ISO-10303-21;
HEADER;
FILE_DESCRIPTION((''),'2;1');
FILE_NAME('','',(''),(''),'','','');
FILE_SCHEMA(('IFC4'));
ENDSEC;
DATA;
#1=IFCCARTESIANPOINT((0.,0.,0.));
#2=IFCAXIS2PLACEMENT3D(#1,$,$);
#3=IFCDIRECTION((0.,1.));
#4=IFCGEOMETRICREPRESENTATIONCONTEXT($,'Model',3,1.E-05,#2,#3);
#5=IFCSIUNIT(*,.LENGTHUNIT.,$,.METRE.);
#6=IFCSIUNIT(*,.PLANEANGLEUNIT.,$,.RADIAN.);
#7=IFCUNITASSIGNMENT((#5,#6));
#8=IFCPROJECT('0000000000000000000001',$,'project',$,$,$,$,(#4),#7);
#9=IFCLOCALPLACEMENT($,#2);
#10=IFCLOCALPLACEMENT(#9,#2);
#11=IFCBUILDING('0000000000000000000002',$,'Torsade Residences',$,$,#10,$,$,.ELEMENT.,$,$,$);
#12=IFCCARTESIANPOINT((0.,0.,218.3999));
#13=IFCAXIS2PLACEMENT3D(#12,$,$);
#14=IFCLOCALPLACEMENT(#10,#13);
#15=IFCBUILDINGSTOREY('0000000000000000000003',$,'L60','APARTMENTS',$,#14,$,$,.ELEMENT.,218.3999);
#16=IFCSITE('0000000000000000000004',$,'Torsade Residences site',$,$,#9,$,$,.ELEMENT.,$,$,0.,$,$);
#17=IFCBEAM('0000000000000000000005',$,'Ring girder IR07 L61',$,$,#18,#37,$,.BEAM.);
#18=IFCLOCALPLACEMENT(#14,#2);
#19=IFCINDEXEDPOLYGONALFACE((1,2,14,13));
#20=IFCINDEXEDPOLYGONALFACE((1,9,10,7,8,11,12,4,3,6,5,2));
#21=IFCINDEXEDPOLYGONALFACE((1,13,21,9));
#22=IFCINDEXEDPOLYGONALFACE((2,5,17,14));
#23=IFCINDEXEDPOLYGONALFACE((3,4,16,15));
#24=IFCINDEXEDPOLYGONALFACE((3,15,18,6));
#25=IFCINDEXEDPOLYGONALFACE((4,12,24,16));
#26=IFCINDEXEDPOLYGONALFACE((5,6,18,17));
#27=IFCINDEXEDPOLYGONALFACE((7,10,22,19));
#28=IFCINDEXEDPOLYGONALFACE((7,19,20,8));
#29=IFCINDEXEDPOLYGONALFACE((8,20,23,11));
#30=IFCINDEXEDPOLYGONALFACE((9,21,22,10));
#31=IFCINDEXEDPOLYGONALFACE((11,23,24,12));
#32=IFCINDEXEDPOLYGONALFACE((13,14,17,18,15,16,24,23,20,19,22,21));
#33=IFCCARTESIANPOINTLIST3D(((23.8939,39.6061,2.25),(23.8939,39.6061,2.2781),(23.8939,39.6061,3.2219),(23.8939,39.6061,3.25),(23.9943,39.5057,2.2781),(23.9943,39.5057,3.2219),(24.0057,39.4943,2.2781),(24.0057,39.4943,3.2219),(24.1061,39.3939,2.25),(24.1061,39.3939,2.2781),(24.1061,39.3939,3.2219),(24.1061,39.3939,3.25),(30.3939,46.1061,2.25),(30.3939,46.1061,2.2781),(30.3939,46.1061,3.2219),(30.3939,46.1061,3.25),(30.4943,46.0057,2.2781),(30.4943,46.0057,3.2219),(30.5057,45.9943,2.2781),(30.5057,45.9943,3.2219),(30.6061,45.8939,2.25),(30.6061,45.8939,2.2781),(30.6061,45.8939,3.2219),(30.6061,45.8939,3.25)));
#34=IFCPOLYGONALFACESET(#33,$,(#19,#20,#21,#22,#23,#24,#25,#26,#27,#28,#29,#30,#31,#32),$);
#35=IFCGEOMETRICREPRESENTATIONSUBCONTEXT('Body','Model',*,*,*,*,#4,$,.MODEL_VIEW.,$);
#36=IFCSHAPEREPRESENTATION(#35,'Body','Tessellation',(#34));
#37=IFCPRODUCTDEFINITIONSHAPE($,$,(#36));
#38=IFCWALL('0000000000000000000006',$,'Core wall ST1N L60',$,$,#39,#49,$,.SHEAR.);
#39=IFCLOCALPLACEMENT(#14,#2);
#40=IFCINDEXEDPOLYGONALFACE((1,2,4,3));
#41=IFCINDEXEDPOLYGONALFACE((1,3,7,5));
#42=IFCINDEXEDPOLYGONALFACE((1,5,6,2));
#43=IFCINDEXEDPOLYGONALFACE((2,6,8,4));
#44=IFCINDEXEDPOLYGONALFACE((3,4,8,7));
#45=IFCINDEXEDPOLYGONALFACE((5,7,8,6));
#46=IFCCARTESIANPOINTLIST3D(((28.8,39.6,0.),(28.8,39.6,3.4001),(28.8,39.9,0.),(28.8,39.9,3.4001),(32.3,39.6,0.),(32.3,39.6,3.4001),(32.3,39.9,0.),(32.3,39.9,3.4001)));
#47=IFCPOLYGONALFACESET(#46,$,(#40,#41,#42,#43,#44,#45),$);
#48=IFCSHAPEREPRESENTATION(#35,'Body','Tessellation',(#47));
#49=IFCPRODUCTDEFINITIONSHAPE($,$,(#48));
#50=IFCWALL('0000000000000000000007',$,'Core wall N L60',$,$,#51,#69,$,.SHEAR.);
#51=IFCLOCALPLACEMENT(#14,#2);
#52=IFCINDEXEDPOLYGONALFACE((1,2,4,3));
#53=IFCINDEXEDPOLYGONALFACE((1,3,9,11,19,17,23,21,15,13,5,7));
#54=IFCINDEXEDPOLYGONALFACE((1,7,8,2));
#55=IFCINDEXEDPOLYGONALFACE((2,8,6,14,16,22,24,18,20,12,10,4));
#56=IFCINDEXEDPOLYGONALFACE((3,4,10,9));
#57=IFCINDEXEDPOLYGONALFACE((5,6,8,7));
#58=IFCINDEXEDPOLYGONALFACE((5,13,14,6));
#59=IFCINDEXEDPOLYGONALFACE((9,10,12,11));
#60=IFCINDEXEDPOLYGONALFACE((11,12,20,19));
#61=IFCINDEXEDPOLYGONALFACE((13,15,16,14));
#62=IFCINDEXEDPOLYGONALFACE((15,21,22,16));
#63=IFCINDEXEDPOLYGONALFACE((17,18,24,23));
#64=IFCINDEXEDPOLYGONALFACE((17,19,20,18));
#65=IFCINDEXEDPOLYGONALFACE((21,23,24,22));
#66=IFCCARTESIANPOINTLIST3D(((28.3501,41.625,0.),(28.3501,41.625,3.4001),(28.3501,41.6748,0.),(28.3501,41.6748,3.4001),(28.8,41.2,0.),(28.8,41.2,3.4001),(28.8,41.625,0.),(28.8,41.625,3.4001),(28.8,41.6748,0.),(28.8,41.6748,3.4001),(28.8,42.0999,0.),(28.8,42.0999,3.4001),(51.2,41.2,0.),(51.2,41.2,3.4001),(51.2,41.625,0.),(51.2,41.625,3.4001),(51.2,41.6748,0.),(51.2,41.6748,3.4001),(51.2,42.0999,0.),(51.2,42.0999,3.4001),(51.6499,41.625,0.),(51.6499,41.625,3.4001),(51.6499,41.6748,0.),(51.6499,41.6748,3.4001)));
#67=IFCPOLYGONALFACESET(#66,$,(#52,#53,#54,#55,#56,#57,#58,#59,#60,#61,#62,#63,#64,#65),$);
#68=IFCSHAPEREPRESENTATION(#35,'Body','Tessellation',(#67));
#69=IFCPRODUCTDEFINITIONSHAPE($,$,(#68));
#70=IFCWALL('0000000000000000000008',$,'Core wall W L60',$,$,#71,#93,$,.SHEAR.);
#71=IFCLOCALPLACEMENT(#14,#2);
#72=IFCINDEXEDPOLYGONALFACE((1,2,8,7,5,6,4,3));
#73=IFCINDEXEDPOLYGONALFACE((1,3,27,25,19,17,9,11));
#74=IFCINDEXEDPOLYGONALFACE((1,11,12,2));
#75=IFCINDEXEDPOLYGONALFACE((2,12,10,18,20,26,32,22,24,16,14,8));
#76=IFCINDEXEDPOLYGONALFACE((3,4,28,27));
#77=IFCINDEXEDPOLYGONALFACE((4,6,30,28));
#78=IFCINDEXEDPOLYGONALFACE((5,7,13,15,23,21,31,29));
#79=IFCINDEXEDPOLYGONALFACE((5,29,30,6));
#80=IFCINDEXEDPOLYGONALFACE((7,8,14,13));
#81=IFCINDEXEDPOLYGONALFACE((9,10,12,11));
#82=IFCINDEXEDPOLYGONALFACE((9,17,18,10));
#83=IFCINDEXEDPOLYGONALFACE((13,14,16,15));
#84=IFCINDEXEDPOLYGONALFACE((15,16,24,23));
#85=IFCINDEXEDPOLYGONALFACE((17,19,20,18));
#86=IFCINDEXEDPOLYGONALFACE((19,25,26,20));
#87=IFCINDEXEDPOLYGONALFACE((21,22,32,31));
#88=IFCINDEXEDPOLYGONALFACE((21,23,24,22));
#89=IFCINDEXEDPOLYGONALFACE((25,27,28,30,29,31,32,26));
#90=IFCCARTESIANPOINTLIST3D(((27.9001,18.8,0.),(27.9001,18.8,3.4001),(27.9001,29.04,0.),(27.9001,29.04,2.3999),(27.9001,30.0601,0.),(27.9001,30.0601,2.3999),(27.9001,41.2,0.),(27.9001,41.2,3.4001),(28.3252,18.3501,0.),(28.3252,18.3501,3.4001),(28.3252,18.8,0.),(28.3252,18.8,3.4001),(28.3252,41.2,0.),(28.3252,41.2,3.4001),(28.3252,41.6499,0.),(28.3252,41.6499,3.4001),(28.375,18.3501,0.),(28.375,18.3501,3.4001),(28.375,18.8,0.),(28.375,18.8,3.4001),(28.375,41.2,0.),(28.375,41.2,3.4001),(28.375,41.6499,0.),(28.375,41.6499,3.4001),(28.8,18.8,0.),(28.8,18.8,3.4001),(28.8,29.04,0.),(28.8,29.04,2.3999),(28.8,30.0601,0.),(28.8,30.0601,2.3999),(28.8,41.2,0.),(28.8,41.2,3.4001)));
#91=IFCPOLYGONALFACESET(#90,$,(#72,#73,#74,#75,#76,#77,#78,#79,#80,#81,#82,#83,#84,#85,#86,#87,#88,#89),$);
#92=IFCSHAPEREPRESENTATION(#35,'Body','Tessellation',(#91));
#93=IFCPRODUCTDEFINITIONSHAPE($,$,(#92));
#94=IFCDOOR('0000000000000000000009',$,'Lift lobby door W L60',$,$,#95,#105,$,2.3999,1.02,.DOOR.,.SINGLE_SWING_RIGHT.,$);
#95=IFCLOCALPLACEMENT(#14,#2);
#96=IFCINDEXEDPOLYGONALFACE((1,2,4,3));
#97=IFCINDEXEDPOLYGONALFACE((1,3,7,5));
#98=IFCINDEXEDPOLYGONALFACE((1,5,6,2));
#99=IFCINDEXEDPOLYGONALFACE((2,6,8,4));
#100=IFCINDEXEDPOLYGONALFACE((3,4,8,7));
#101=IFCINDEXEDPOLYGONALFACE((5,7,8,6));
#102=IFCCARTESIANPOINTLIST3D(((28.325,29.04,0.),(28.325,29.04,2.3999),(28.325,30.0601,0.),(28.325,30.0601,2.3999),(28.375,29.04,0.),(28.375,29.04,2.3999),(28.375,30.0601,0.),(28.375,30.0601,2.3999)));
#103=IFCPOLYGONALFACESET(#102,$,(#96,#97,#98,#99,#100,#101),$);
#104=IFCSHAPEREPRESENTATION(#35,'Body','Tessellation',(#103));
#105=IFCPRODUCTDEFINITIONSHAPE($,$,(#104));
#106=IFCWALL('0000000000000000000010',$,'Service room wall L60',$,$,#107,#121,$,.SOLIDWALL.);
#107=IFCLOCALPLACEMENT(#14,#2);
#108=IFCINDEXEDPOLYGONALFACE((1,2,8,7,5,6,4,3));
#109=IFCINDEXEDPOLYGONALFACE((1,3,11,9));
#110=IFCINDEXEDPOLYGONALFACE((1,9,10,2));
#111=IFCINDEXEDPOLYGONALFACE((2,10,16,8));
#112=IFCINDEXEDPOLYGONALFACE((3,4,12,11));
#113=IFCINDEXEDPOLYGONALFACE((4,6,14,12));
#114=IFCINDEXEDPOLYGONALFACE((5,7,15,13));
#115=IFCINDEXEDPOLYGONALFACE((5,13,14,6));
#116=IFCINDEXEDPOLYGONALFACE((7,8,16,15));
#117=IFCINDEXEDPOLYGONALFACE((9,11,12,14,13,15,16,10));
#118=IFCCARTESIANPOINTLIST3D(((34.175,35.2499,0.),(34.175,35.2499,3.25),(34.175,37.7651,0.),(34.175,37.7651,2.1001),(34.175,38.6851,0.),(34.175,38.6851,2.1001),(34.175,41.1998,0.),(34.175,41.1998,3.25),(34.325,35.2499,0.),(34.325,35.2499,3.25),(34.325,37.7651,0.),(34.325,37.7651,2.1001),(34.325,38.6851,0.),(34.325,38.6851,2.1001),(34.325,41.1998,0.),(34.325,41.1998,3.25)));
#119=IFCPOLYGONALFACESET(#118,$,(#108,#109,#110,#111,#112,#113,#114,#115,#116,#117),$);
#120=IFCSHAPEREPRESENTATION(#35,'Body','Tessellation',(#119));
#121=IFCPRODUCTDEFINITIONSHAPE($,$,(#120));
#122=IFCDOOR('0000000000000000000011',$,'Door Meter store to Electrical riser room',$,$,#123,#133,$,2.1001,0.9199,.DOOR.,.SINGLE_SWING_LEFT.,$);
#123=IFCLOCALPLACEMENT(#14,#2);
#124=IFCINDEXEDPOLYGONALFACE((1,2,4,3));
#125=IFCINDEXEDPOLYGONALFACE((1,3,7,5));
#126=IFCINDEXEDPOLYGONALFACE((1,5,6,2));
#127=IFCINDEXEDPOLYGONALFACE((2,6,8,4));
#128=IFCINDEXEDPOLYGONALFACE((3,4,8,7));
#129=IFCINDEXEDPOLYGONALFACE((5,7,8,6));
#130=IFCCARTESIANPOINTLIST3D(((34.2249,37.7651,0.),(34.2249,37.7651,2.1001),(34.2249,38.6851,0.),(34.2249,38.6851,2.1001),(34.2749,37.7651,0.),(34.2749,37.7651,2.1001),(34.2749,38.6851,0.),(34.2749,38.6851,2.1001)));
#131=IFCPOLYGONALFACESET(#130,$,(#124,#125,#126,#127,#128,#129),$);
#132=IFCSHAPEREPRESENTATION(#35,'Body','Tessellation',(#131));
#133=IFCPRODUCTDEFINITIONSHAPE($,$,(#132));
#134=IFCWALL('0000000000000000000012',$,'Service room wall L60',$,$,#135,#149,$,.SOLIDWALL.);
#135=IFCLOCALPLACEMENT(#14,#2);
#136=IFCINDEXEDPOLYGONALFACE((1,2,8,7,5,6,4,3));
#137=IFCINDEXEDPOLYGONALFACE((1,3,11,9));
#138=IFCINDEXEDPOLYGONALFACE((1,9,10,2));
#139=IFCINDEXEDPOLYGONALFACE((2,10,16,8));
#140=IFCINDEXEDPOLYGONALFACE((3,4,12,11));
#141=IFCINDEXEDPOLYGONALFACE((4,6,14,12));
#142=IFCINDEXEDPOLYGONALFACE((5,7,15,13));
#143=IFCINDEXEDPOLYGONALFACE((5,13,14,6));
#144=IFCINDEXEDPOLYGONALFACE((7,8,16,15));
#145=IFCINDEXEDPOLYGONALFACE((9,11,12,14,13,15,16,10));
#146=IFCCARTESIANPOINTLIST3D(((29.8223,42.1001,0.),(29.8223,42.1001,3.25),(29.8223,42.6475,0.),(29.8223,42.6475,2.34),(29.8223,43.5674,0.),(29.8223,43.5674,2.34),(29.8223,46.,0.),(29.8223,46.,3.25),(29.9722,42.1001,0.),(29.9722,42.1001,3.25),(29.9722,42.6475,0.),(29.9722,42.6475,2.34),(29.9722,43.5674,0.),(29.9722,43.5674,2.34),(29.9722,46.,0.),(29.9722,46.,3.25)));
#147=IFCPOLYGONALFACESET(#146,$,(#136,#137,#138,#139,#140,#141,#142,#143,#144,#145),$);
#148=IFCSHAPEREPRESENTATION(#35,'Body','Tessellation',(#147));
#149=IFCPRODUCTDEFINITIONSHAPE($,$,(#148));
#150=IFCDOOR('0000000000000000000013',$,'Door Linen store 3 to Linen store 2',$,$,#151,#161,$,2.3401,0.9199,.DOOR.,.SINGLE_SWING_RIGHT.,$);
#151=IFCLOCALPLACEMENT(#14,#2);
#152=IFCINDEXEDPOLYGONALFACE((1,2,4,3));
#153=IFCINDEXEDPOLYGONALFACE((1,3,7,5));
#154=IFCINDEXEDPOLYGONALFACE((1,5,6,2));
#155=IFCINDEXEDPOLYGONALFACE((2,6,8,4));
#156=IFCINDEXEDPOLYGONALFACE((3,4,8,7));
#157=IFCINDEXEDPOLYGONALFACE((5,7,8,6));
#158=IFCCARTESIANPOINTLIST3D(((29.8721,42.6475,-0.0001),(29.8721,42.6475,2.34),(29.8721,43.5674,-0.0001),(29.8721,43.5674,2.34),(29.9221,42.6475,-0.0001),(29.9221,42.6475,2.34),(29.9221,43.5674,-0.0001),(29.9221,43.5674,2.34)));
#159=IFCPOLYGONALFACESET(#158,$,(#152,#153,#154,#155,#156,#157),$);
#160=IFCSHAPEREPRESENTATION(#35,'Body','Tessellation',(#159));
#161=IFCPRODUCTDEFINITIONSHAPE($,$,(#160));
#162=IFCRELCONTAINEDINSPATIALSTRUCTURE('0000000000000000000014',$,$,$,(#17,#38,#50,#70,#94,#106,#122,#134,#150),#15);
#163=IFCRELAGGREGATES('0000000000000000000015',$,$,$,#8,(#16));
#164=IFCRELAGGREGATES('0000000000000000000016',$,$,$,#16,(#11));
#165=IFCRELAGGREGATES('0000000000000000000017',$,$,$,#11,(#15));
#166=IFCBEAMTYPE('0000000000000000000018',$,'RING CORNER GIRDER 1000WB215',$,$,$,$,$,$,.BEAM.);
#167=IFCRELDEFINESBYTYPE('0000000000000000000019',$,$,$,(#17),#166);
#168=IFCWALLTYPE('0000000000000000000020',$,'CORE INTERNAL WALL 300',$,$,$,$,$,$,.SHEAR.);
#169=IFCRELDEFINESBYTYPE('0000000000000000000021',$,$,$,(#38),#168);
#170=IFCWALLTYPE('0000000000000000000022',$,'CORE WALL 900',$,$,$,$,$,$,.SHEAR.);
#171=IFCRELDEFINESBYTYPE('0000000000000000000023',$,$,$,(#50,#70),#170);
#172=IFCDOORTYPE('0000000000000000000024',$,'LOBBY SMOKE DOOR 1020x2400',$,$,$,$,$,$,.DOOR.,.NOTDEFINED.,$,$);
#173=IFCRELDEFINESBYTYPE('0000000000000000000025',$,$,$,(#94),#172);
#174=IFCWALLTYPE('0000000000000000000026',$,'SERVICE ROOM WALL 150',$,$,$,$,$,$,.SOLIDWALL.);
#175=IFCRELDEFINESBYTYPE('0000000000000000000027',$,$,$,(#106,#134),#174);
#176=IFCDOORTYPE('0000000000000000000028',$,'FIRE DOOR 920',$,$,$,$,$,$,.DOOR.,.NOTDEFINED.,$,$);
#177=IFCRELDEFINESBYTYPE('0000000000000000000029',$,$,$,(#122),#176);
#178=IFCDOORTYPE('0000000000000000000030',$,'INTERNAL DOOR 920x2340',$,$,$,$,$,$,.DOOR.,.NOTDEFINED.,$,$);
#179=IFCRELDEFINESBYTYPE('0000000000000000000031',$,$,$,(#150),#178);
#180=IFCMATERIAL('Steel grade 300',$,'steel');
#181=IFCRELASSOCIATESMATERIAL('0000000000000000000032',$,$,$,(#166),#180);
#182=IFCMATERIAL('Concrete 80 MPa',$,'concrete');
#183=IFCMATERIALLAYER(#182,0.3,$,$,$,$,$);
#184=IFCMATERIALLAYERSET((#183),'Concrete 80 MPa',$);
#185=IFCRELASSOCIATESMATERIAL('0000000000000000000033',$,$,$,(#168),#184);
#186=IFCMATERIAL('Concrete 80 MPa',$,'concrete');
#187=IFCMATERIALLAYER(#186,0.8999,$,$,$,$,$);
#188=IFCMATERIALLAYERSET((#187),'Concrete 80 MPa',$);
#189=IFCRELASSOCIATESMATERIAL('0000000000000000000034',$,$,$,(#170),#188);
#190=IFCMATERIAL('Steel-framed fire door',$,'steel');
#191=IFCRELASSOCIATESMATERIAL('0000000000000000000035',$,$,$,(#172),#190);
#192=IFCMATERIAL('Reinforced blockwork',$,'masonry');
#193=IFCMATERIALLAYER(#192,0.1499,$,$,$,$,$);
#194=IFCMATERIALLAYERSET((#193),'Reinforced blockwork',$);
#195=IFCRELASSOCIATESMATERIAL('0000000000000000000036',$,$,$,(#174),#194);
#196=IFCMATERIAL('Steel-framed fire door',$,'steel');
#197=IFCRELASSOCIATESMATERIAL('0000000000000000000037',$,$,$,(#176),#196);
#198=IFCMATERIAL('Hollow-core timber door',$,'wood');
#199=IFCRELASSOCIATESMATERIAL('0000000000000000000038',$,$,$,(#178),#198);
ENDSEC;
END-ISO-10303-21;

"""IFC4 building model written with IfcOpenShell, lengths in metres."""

from ifc_helpers import new_model, si_unit, direction, frame, frame_2d, origin, origin_2d, place, context, subcontext, project, spatial, polyline, rectangle, i_section, outline, extrude, material, layer, layer_set, material_profile, profile_set, type_object, element, fill, save


model = new_model("IFC4")

# Units and contexts
model_context = context("Model", 3, precision=1e-05, world=origin(), true_north=direction((0.0, 1.0)))
body_context = subcontext(model_context, "Body", "Model", "MODEL_VIEW")
ifc_project = project(units=[si_unit("LENGTHUNIT", "METRE"), si_unit("PLANEANGLEUNIT", "RADIAN")], contexts=[model_context])

# Site, building, storey
site_placement = place(None, origin())
site = spatial("IfcSite", under=ifc_project, at=site_placement, Name="Torsade Residences site", CompositionType="ELEMENT", RefElevation=0.0)
building_placement = place(site_placement, origin())
building = spatial("IfcBuilding", under=site, at=building_placement, Name="Torsade Residences", CompositionType="ELEMENT")
storey_placement = place(building_placement, frame((0.0, 0.0, 218.3999)))
storey = spatial("IfcBuildingStorey", under=building, at=storey_placement, Name="L60", Description="APARTMENTS", CompositionType="ELEMENT", Elevation=218.3999)

# Beam
ifc_material_1 = material(Name="Steel grade 300", Category="steel")
ifc_material_profile_1 = material_profile(ifc_material_1, i_section(OverallWidth=0.3, OverallDepth=1.0, WebThickness=0.0161, FlangeThickness=0.0281, at=origin_2d()), Name="1000WB215")
ifc_profile_set_1 = profile_set([ifc_material_profile_1], Name="Steel grade 300")
beam_type_1 = type_object("IfcBeamType", Name="RING CORNER GIRDER 1000WB215", PredefinedType="BEAM", material=ifc_profile_set_1)
beam_1_placement = place(storey_placement, frame((30.5, 46.0, 2.75), z_axis=(-0.707107, -0.707107, 0.0), x_axis=(0.707107, -0.707107, 0.0)))
element("IfcBeam", 1, at=beam_1_placement, inside=storey, type_object=beam_type_1, Name="Ring girder IR07 L61", PredefinedType="BEAM", context=body_context, shape_type="SweptSolid", body=[
    extrude(i_section(OverallWidth=0.3, OverallDepth=1.0, WebThickness=0.0161, FlangeThickness=0.0281, at=origin_2d()), origin(), (0.0, 0.0, 1.0), 9.1924),
])

# Walls
ifc_material_2 = material(Name="Concrete 80 MPa", Category="concrete")
ifc_layer_1 = layer(ifc_material_2, 0.3)
ifc_layer_set_1 = layer_set([ifc_layer_1], Name="Concrete 80 MPa")
wall_type_1 = type_object("IfcWallType", Name="CORE INTERNAL WALL 300", PredefinedType="SHEAR", material=ifc_layer_set_1)
wall_1_placement = place(storey_placement, frame((28.8, 39.75, 0.0), z_axis=(0.0, 0.0, 1.0), x_axis=(1.0, 0.0, 0.0)))
element("IfcWall", 2, at=wall_1_placement, inside=storey, type_object=wall_type_1, Name="Core wall ST1N L60", PredefinedType="SHEAR", context=body_context, shape_type="SweptSolid", body=[
    extrude(rectangle(XDim=3.5, YDim=0.3, at=frame_2d((1.75, 0.0))), origin(), (0.0, 0.0, 1.0), 3.4001),
])
ifc_material_3 = material(Name="Concrete 80 MPa", Category="concrete")
ifc_layer_2 = layer(ifc_material_3, 0.8999)
ifc_layer_set_2 = layer_set([ifc_layer_2], Name="Concrete 80 MPa")
wall_type_2 = type_object("IfcWallType", Name="CORE WALL 900", PredefinedType="SHEAR", material=ifc_layer_set_2)
wall_2_placement = place(storey_placement, frame((28.8, 41.6499, 0.0), z_axis=(0.0, 0.0, 1.0), x_axis=(1.0, 0.0, 0.0)))
element("IfcWall", 3, at=wall_2_placement, inside=storey, type_object=wall_type_2, Name="Core wall N L60", PredefinedType="SHEAR", context=body_context, shape_type="SweptSolid", body=[
    extrude(outline(polyline([(0.0, -0.45), (22.3999, -0.45), (22.3999, -0.0249), (22.8499, -0.0249), (22.8499, 0.0249), (22.3999, 0.0249), (22.3999, 0.45), (0.0, 0.45), (0.0, 0.0249), (-0.45, 0.0249), (-0.45, -0.0249), (0.0, -0.0249), (0.0, -0.45)])), origin(), (0.0, 0.0, 1.0), 3.4001),
])

# Walls, openings, doors
wall_3_placement = place(storey_placement, frame((28.3501, 41.2, 0.0), z_axis=(0.0, 0.0, 1.0), x_axis=(0.0, -1.0, 0.0)))
wall_3 = element("IfcWall", 4, at=wall_3_placement, inside=storey, type_object=wall_type_2, Name="Core wall W L60", PredefinedType="SHEAR", context=body_context, shape_type="SweptSolid", body=[
    extrude(outline(polyline([(0.0, -0.45), (22.3999, -0.45), (22.3999, -0.0249), (22.8499, -0.0249), (22.8499, 0.0249), (22.3999, 0.0249), (22.3999, 0.45), (0.0, 0.45), (0.0, 0.0249), (-0.45, 0.0249), (-0.45, -0.0249), (0.0, -0.0249), (0.0, -0.45)])), origin(), (0.0, 0.0, 1.0), 3.4001),
])
opening_1_placement = place(wall_3_placement, frame((11.1399, 0.0, 0.0)))
opening_1 = element("IfcOpeningElement", 5, at=opening_1_placement, cuts=wall_3, PredefinedType="OPENING", context=body_context, shape_type="SweptSolid", body=[
    extrude(rectangle(XDim=1.02, YDim=2.3999, at=frame_2d((0.51, 1.2))), frame((0.0, 0.46, 0.0), z_axis=(0.0, -1.0, 0.0), x_axis=(1.0, 0.0, 0.0)), (0.0, 0.0, 1.0), 0.9199),
])
ifc_material_4 = material(Name="Steel-framed fire door", Category="steel")
door_type_1 = type_object("IfcDoorType", Name="LOBBY SMOKE DOOR 1020x2400", OperationType="NOTDEFINED", PredefinedType="DOOR", material=ifc_material_4)
door_1_placement = place(opening_1_placement, origin())
door_1 = element("IfcDoor", 6, at=door_1_placement, inside=storey, type_object=door_type_1, Name="Lift lobby door W L60", OperationType="SINGLE_SWING_RIGHT", OverallHeight=2.3999, OverallWidth=1.02, PredefinedType="DOOR", context=body_context, shape_type="SweptSolid", body=[
    extrude(rectangle(XDim=1.02, YDim=2.3999, at=frame_2d((0.51, 1.2))), frame((0.0, 0.0249, 0.0), z_axis=(0.0, -1.0, 0.0), x_axis=(1.0, 0.0, 0.0)), (0.0, 0.0, 1.0), 0.05),
])
fill(opening_1, door_1)
ifc_material_5 = material(Name="Reinforced blockwork", Category="masonry")
ifc_layer_3 = layer(ifc_material_5, 0.1499)
ifc_layer_set_3 = layer_set([ifc_layer_3], Name="Reinforced blockwork")
wall_type_3 = type_object("IfcWallType", Name="SERVICE ROOM WALL 150", PredefinedType="SOLIDWALL", material=ifc_layer_set_3)
wall_4_placement = place(storey_placement, frame((34.25, 41.2, 0.0), z_axis=(0.0, 0.0, 1.0), x_axis=(0.0, -1.0, 0.0)))
wall_4 = element("IfcWall", 7, at=wall_4_placement, inside=storey, type_object=wall_type_3, Name="Service room wall L60", PredefinedType="SOLIDWALL", context=body_context, shape_type="SweptSolid", body=[
    extrude(rectangle(XDim=5.95, YDim=0.1499, at=frame_2d((2.9751, 0.0))), origin(), (0.0, 0.0, 1.0), 3.25),
])
opening_2_placement = place(wall_4_placement, frame((2.5149, 0.0, 0.0)))
opening_2 = element("IfcOpeningElement", 8, at=opening_2_placement, cuts=wall_4, PredefinedType="OPENING", context=body_context, shape_type="SweptSolid", body=[
    extrude(rectangle(XDim=0.9199, YDim=2.1001, at=frame_2d((0.46, 1.05))), frame((0.0, 0.085, 0.0), z_axis=(0.0, -1.0, 0.0), x_axis=(1.0, 0.0, 0.0)), (0.0, 0.0, 1.0), 0.1699),
])
ifc_material_6 = material(Name="Steel-framed fire door", Category="steel")
door_type_2 = type_object("IfcDoorType", Name="FIRE DOOR 920", OperationType="NOTDEFINED", PredefinedType="DOOR", material=ifc_material_6)
door_2_placement = place(opening_2_placement, origin())
door_2 = element("IfcDoor", 9, at=door_2_placement, inside=storey, type_object=door_type_2, Name="Door Meter store to Electrical riser room", OperationType="SINGLE_SWING_LEFT", OverallHeight=2.1001, OverallWidth=0.9199, PredefinedType="DOOR", context=body_context, shape_type="SweptSolid", body=[
    extrude(rectangle(XDim=0.9199, YDim=2.1001, at=frame_2d((0.46, 1.05))), frame((0.0, 0.0249, 0.0), z_axis=(0.0, -1.0, 0.0), x_axis=(1.0, 0.0, 0.0)), (0.0, 0.0, 1.0), 0.05),
])
fill(opening_2, door_2)
wall_5_placement = place(storey_placement, frame((29.8972, 46.0, 0.0), z_axis=(0.0, 0.0, 1.0), x_axis=(0.0, -1.0, 0.0)))
wall_5 = element("IfcWall", 10, at=wall_5_placement, inside=storey, type_object=wall_type_3, Name="Service room wall L60", PredefinedType="SOLIDWALL", context=body_context, shape_type="SweptSolid", body=[
    extrude(rectangle(XDim=3.8999, YDim=0.1499, at=frame_2d((1.95, 0.0))), origin(), (0.0, 0.0, 1.0), 3.25),
])
opening_3_placement = place(wall_5_placement, frame((2.4326, 0.0, 0.0)))
opening_3 = element("IfcOpeningElement", 11, at=opening_3_placement, cuts=wall_5, PredefinedType="OPENING", context=body_context, shape_type="SweptSolid", body=[
    extrude(rectangle(XDim=0.9199, YDim=2.3401, at=frame_2d((0.46, 1.1699))), frame((0.0, 0.085, 0.0), z_axis=(0.0, -1.0, 0.0), x_axis=(1.0, 0.0, 0.0)), (0.0, 0.0, 1.0), 0.1699),
])
ifc_material_7 = material(Name="Hollow-core timber door", Category="wood")
door_type_3 = type_object("IfcDoorType", Name="INTERNAL DOOR 920x2340", OperationType="NOTDEFINED", PredefinedType="DOOR", material=ifc_material_7)
door_3_placement = place(opening_3_placement, origin())
door_3 = element("IfcDoor", 12, at=door_3_placement, inside=storey, type_object=door_type_3, Name="Door Linen store 3 to Linen store 2", OperationType="SINGLE_SWING_RIGHT", OverallHeight=2.3401, OverallWidth=0.9199, PredefinedType="DOOR", context=body_context, shape_type="SweptSolid", body=[
    extrude(rectangle(XDim=0.9199, YDim=2.3401, at=frame_2d((0.46, 1.1699))), frame((0.0, 0.0249, 0.0), z_axis=(0.0, -1.0, 0.0), x_axis=(1.0, 0.0, 0.0)), (0.0, 0.0, 1.0), 0.05),
])
fill(opening_3, door_3)

save(model, "model.ifc")
